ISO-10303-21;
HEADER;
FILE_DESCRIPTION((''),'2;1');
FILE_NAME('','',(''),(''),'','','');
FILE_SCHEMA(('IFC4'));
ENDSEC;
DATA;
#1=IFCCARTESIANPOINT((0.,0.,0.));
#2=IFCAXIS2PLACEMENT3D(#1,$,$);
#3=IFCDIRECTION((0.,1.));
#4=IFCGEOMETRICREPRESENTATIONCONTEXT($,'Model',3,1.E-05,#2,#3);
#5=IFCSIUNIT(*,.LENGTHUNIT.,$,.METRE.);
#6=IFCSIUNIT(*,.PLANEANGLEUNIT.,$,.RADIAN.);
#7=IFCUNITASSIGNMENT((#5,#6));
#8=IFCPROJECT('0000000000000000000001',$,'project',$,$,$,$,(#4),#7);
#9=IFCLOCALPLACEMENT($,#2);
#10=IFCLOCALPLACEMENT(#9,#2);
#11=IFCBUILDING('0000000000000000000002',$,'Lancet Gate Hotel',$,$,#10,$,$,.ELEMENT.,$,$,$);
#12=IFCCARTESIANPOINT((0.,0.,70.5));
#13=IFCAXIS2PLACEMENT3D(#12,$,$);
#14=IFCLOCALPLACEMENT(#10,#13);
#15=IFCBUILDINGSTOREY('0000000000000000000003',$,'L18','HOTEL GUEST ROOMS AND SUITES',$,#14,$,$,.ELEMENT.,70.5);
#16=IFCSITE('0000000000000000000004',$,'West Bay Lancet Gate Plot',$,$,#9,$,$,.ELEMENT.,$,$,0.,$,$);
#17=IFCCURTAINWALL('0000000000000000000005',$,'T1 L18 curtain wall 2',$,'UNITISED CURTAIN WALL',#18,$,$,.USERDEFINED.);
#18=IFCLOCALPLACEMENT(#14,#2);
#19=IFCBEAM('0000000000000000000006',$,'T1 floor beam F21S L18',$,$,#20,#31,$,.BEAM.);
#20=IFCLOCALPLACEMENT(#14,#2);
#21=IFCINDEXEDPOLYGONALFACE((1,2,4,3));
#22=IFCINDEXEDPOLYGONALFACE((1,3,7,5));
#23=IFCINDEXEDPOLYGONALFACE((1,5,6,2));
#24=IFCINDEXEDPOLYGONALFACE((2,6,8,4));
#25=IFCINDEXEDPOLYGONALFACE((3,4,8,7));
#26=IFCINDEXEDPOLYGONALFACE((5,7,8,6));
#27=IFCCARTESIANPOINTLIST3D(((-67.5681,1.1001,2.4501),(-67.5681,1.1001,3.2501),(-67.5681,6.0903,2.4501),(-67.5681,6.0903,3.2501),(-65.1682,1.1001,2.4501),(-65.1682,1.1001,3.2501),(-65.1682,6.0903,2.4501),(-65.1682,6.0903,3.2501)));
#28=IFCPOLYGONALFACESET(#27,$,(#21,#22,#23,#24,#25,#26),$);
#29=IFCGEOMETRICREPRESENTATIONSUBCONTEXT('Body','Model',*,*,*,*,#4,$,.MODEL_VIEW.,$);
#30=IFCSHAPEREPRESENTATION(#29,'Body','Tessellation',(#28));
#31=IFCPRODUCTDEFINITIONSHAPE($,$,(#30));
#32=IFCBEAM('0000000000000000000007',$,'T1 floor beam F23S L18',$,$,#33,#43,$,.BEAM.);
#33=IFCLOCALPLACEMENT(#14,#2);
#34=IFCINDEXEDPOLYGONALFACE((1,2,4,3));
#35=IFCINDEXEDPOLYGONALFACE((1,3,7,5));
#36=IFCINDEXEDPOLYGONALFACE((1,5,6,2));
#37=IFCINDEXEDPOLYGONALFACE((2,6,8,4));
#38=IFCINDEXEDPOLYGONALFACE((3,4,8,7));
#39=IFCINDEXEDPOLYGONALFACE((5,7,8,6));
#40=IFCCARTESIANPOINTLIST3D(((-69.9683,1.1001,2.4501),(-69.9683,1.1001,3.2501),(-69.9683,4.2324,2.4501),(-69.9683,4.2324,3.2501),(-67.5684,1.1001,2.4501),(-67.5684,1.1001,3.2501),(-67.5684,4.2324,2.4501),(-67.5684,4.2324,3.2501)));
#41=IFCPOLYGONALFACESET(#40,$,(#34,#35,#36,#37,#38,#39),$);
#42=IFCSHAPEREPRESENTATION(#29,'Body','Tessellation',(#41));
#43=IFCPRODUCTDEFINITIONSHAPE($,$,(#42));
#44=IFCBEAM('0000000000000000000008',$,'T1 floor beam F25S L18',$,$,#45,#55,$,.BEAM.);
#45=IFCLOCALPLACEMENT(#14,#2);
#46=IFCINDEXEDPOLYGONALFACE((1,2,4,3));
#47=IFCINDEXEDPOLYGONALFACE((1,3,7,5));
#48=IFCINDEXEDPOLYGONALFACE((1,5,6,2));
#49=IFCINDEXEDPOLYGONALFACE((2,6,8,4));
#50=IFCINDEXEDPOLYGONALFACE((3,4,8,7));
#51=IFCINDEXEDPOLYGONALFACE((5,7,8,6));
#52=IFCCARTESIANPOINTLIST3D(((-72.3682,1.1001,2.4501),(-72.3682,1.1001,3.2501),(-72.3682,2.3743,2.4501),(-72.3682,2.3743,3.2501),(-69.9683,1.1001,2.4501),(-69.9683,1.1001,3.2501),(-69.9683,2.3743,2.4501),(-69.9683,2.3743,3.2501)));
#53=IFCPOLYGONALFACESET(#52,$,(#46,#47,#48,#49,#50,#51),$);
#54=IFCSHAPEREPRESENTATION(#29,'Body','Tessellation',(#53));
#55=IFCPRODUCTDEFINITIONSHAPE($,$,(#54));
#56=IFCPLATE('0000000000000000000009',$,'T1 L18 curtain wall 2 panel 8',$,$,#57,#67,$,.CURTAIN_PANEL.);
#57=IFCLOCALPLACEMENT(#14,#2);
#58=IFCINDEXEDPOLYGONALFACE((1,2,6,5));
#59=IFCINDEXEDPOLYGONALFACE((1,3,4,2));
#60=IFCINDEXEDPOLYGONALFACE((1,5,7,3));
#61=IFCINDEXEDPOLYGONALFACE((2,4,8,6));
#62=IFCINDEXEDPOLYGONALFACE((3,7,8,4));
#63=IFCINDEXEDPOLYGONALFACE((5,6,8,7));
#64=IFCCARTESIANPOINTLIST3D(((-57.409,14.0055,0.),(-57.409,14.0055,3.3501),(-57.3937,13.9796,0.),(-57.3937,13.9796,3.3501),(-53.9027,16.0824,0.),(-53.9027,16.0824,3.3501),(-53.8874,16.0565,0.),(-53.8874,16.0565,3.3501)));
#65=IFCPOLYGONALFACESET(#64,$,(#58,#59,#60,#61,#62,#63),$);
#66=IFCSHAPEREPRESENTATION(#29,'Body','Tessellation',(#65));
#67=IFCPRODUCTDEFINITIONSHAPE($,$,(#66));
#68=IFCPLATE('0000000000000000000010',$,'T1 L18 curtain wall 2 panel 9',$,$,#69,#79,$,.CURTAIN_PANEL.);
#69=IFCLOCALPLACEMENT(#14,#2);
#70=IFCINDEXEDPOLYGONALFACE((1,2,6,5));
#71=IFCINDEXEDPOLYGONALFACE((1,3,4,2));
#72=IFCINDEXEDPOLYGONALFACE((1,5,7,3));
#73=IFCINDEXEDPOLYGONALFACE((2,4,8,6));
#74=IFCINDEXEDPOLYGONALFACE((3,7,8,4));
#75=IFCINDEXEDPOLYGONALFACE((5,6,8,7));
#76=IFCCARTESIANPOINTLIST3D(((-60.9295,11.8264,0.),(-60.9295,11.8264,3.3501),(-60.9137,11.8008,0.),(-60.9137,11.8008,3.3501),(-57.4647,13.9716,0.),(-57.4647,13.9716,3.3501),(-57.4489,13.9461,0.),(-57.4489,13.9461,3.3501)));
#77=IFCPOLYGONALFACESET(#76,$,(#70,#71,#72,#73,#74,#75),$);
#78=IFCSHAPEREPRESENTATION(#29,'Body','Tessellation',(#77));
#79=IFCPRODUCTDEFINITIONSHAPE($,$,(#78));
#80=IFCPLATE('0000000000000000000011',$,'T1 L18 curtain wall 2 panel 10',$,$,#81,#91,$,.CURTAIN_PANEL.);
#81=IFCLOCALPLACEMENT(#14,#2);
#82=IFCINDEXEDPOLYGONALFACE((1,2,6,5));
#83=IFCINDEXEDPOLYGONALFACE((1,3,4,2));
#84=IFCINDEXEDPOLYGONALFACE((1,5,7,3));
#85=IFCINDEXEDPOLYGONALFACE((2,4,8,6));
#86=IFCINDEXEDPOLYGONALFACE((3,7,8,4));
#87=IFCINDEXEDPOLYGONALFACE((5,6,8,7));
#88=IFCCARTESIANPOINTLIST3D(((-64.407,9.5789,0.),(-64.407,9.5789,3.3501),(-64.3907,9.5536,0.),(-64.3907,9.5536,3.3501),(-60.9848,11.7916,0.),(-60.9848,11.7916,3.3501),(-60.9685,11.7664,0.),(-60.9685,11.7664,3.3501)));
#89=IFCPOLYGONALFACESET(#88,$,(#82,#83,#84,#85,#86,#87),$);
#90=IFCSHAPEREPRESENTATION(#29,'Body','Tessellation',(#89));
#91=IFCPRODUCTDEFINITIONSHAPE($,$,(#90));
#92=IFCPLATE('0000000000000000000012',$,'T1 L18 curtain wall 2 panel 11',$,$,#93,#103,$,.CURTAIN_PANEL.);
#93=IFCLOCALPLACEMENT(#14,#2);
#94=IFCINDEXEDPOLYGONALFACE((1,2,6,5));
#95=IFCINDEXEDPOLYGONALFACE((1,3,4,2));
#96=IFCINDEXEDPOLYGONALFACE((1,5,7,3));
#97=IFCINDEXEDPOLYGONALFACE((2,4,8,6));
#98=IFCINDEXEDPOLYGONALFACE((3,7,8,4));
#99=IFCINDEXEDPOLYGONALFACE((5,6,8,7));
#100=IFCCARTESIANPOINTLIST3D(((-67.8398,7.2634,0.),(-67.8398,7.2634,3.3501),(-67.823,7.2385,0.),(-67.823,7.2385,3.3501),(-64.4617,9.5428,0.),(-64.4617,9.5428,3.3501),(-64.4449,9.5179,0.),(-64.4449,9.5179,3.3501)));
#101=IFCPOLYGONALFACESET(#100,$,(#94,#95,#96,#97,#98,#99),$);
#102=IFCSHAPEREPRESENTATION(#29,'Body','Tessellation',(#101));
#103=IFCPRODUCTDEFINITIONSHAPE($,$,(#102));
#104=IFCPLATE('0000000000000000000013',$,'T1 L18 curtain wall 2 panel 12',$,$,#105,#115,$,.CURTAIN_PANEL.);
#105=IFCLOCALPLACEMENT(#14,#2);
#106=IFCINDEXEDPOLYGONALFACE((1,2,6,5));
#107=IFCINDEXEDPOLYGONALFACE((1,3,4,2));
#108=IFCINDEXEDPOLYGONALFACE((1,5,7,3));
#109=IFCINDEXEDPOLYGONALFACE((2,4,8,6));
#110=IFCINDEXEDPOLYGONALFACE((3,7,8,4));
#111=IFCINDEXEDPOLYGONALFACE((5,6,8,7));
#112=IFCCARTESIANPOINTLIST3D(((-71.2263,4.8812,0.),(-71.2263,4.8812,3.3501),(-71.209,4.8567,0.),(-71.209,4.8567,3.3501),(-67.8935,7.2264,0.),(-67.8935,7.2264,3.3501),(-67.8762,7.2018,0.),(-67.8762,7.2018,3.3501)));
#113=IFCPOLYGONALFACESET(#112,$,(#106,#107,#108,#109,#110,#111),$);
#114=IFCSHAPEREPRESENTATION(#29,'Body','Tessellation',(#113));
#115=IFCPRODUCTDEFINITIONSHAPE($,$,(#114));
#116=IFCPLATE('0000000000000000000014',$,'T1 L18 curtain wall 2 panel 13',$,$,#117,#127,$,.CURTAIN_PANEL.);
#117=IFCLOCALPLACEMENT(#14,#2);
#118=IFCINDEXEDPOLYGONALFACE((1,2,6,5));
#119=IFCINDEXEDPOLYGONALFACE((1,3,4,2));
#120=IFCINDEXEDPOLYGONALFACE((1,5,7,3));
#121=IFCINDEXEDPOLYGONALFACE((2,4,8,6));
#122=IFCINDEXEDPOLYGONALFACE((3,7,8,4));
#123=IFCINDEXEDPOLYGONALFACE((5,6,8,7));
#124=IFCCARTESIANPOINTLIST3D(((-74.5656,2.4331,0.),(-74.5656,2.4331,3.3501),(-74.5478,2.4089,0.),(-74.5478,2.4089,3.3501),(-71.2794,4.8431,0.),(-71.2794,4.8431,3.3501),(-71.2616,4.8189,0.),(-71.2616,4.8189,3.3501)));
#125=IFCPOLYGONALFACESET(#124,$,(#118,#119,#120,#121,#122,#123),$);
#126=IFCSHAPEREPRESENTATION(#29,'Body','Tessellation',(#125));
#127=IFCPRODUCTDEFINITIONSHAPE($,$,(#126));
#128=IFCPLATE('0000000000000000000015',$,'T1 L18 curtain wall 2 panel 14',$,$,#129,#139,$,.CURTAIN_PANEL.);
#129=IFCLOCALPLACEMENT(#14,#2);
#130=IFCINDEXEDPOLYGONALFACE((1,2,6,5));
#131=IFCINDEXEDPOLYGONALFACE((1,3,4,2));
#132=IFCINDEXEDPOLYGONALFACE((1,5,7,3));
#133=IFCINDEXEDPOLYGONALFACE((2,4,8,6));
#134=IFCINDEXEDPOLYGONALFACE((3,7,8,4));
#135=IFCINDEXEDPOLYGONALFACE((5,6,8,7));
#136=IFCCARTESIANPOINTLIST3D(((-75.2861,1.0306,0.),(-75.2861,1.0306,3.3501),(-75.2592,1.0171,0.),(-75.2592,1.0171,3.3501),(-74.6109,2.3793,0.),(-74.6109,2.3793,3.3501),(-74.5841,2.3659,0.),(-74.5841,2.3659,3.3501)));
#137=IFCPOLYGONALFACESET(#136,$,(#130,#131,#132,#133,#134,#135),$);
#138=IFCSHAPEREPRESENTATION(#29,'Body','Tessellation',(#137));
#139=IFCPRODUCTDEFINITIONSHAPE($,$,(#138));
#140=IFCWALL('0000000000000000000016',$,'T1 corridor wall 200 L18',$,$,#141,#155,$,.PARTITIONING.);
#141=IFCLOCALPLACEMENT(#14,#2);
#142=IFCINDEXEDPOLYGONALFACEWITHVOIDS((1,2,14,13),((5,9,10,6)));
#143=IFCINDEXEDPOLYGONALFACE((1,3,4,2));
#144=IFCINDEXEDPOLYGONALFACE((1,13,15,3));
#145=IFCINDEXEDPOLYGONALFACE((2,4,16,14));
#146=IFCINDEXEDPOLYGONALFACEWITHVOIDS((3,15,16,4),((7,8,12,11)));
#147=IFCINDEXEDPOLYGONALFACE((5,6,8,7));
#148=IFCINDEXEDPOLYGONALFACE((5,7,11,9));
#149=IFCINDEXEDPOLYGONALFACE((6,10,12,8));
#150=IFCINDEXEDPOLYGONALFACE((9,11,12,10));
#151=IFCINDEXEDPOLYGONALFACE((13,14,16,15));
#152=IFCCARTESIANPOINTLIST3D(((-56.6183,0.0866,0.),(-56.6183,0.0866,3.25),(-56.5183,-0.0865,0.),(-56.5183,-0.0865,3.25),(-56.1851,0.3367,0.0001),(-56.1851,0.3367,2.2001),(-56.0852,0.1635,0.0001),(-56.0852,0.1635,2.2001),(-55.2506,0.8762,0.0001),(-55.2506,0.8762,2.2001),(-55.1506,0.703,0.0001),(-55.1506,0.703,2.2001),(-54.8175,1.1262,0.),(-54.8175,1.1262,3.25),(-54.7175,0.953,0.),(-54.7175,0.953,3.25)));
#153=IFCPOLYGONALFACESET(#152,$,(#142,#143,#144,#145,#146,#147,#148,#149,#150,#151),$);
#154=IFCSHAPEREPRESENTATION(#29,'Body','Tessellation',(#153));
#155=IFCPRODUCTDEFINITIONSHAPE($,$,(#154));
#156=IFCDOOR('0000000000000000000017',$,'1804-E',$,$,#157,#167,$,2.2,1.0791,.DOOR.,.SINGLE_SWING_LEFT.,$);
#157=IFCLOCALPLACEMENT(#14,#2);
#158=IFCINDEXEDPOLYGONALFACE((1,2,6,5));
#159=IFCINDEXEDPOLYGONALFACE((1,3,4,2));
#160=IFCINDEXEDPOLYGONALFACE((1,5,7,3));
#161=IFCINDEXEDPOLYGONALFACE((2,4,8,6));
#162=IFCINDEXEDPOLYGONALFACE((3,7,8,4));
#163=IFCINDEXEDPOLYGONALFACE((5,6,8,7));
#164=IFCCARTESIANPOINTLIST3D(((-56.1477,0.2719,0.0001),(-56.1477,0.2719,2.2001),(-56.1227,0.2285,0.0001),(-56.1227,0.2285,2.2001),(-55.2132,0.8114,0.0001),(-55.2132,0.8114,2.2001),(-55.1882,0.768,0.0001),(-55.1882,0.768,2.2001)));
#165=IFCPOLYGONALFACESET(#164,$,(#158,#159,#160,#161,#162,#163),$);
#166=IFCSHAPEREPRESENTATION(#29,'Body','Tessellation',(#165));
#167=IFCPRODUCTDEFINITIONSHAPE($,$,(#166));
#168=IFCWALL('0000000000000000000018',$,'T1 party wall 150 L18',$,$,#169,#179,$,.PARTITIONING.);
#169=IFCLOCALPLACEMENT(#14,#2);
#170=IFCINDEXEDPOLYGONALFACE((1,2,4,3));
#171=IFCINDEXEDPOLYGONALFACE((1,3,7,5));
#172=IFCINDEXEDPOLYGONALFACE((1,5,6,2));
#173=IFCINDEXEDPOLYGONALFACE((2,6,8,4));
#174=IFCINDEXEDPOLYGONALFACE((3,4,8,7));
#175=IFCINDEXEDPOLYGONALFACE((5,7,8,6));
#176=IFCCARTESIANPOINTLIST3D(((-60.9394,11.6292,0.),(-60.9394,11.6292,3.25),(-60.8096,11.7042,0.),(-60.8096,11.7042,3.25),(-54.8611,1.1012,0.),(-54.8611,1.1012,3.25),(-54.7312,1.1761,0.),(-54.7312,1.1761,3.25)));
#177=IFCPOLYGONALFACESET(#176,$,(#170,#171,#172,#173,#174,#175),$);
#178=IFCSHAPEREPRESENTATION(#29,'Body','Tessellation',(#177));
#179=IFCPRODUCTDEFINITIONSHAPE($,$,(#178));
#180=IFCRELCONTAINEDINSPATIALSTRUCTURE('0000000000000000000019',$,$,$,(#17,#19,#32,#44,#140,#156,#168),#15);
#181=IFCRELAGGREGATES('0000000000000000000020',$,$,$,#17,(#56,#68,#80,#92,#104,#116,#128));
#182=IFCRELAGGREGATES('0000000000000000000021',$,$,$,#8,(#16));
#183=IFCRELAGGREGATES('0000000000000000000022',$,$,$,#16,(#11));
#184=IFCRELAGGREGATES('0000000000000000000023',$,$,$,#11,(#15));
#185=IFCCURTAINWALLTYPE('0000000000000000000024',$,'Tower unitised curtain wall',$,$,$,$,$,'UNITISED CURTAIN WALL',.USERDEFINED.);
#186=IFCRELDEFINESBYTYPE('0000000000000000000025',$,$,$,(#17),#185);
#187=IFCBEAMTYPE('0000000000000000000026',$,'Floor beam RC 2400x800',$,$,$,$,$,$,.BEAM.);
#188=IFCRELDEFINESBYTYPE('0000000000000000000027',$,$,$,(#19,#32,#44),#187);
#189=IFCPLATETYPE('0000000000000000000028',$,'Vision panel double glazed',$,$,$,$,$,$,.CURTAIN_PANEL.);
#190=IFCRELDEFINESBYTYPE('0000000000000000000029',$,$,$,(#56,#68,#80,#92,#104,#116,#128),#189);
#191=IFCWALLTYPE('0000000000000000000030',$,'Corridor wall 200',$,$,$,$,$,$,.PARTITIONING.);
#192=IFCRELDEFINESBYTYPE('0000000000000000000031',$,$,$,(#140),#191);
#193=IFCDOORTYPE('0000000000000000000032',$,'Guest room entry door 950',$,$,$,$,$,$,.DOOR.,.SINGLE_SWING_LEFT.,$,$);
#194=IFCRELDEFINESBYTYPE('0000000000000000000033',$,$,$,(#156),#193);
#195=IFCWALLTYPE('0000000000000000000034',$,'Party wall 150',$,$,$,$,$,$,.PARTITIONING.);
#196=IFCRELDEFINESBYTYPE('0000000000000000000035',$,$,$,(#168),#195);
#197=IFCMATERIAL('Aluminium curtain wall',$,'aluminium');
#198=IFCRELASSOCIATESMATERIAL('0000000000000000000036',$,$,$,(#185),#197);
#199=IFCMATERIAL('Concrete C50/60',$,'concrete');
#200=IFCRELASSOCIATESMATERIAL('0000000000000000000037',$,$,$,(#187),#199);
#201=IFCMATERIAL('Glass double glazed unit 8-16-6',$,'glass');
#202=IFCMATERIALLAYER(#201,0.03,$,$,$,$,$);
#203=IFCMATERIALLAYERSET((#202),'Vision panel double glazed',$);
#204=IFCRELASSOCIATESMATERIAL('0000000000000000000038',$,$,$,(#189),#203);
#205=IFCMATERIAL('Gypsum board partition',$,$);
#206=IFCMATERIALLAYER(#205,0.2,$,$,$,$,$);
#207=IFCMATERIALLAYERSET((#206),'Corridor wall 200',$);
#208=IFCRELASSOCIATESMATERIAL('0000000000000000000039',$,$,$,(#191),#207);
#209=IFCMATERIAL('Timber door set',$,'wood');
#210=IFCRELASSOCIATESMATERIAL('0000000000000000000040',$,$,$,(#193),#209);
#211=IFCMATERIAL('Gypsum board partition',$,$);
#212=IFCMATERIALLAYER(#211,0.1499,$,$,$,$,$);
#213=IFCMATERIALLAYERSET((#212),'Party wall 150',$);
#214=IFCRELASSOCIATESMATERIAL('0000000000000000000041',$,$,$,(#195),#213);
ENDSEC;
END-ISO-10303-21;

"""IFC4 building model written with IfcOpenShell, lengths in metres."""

from ifc_helpers import new_model, si_unit, direction, frame, frame_2d, origin, origin_2d, place, context, subcontext, project, spatial, rectangle, extrude, material, layer, layer_set, material_profile, profile_set, type_object, element, fill, aggregate, save


model = new_model("IFC4")

# Units and contexts
model_context = context("Model", 3, precision=1e-05, world=origin(), true_north=direction((0.0, 1.0)))
body_context = subcontext(model_context, "Body", "Model", "MODEL_VIEW")
ifc_project = project(units=[si_unit("LENGTHUNIT", "METRE"), si_unit("PLANEANGLEUNIT", "RADIAN")], contexts=[model_context])

# Site, building, storey
site_placement = place(None, origin())
site = spatial("IfcSite", under=ifc_project, at=site_placement, Name="West Bay Lancet Gate Plot", CompositionType="ELEMENT", RefElevation=0.0)
building_placement = place(site_placement, origin())
building = spatial("IfcBuilding", under=site, at=building_placement, Name="Lancet Gate Hotel", CompositionType="ELEMENT")
storey_placement = place(building_placement, frame((0.0, 0.0, 70.5)))
storey = spatial("IfcBuildingStorey", under=building, at=storey_placement, Name="L18", Description="HOTEL GUEST ROOMS AND SUITES", CompositionType="ELEMENT", Elevation=70.5)

# Curtain wall
ifc_material_1 = material(Name="Aluminium curtain wall", Category="aluminium")
curtain_wall_type = type_object("IfcCurtainWallType", Name="Tower unitised curtain wall", ElementType="UNITISED CURTAIN WALL", PredefinedType="USERDEFINED", material=ifc_material_1)
curtain_wall_placement = place(storey_placement, origin())
curtain_wall = element("IfcCurtainWall", 1, at=curtain_wall_placement, inside=storey, type_object=curtain_wall_type, Name="T1 L18 curtain wall 2", ObjectType="UNITISED CURTAIN WALL", PredefinedType="USERDEFINED")

# Beams
ifc_material_2 = material(Name="Concrete C50/60", Category="concrete")
ifc_material_profile_1 = material_profile(ifc_material_2, rectangle(XDim=2.3999, YDim=0.8, at=origin_2d()), Name="RC 2400x800")
ifc_profile_set_1 = profile_set([ifc_material_profile_1], Name="Concrete C50/60")
beam_type_1 = type_object("IfcBeamType", Name="Floor beam RC 2400x800", PredefinedType="BEAM", material=ifc_profile_set_1)
beam_1_placement = place(storey_placement, frame((-66.3682, 6.0903, 2.8501), z_axis=(0.0, -1.0, 0.0), x_axis=(1.0, 0.0, 0.0)))
element("IfcBeam", 2, at=beam_1_placement, inside=storey, type_object=beam_type_1, Name="T1 floor beam F21S L18", PredefinedType="BEAM", context=body_context, shape_type="SweptSolid", body=[
    extrude(rectangle(XDim=2.3999, YDim=0.8, at=origin_2d()), origin(), (0.0, 0.0, 1.0), 4.9902),
])
beam_2_placement = place(storey_placement, frame((-68.7683, 4.2324, 2.8501), z_axis=(0.0, -1.0, 0.0), x_axis=(1.0, 0.0, 0.0)))
element("IfcBeam", 3, at=beam_2_placement, inside=storey, type_object=beam_type_1, Name="T1 floor beam F23S L18", PredefinedType="BEAM", context=body_context, shape_type="SweptSolid", body=[
    extrude(rectangle(XDim=2.3999, YDim=0.8, at=origin_2d()), origin(), (0.0, 0.0, 1.0), 3.1323),
])
beam_3_placement = place(storey_placement, frame((-71.1682, 2.3743, 2.8501), z_axis=(0.0, -1.0, 0.0), x_axis=(1.0, 0.0, 0.0)))
element("IfcBeam", 4, at=beam_3_placement, inside=storey, type_object=beam_type_1, Name="T1 floor beam F25S L18", PredefinedType="BEAM", context=body_context, shape_type="SweptSolid", body=[
    extrude(rectangle(XDim=2.3999, YDim=0.8, at=origin_2d()), origin(), (0.0, 0.0, 1.0), 1.2742),
])

# Plates
ifc_material_3 = material(Name="Glass double glazed unit 8-16-6", Category="glass")
ifc_layer_1 = layer(ifc_material_3, 0.03)
ifc_layer_set_1 = layer_set([ifc_layer_1], Name="Vision panel double glazed")
plate_type = type_object("IfcPlateType", Name="Vision panel double glazed", PredefinedType="CURTAIN_PANEL", material=ifc_layer_set_1)
plate_1_placement = place(storey_placement, frame((-55.6482, 15.031, 0.0), z_axis=(0.0, 0.0, 1.0), x_axis=(-0.860382, -0.50965, 0.0)))
plate_1 = element("IfcPlate", 5, at=plate_1_placement, type_object=plate_type, Name="T1 L18 curtain wall 2 panel 8", PredefinedType="CURTAIN_PANEL", context=body_context, shape_type="SweptSolid", body=[
    extrude(rectangle(XDim=4.0752, YDim=0.03, at=origin_2d()), origin(), (0.0, 0.0, 1.0), 3.3501),
])
plate_2_placement = place(storey_placement, frame((-59.1892, 12.8862, 0.0), z_axis=(0.0, 0.0, 1.0), x_axis=(-0.850229, -0.526414, 0.0)))
plate_2 = element("IfcPlate", 6, at=plate_2_placement, type_object=plate_type, Name="T1 L18 curtain wall 2 panel 9", PredefinedType="CURTAIN_PANEL", context=body_context, shape_type="SweptSolid", body=[
    extrude(rectangle(XDim=4.0752, YDim=0.03, at=origin_2d()), origin(), (0.0, 0.0, 1.0), 3.3501),
])
plate_3_placement = place(storey_placement, frame((-62.6877, 10.6726, 0.0), z_axis=(0.0, 0.0, 1.0), x_axis=(-0.839749, -0.542975, 0.0)))
plate_3 = element("IfcPlate", 7, at=plate_3_placement, type_object=plate_type, Name="T1 L18 curtain wall 2 panel 10", PredefinedType="CURTAIN_PANEL", context=body_context, shape_type="SweptSolid", body=[
    extrude(rectangle(XDim=4.0752, YDim=0.03, at=origin_2d()), origin(), (0.0, 0.0, 1.0), 3.3501),
])
plate_4_placement = place(storey_placement, frame((-66.1423, 8.3906, 0.0), z_axis=(0.0, 0.0, 1.0), x_axis=(-0.828946, -0.559329, 0.0)))
plate_4 = element("IfcPlate", 8, at=plate_4_placement, type_object=plate_type, Name="T1 L18 curtain wall 2 panel 11", PredefinedType="CURTAIN_PANEL", context=body_context, shape_type="SweptSolid", body=[
    extrude(rectangle(XDim=4.0752, YDim=0.03, at=origin_2d()), origin(), (0.0, 0.0, 1.0), 3.3501),
])
plate_5_placement = place(storey_placement, frame((-69.5513, 6.0415, 0.0), z_axis=(0.0, 0.0, 1.0), x_axis=(-0.817825, -0.575467, 0.0)))
plate_5 = element("IfcPlate", 9, at=plate_5_placement, type_object=plate_type, Name="T1 L18 curtain wall 2 panel 12", PredefinedType="CURTAIN_PANEL", context=body_context, shape_type="SweptSolid", body=[
    extrude(rectangle(XDim=4.0752, YDim=0.03, at=origin_2d()), origin(), (0.0, 0.0, 1.0), 3.3501),
])
plate_6_placement = place(storey_placement, frame((-72.9136, 3.626, 0.0), z_axis=(0.0, 0.0, 1.0), x_axis=(-0.80639, -0.591384, 0.0)))
plate_6 = element("IfcPlate", 10, at=plate_6_placement, type_object=plate_type, Name="T1 L18 curtain wall 2 panel 13", PredefinedType="CURTAIN_PANEL", context=body_context, shape_type="SweptSolid", body=[
    extrude(rectangle(XDim=4.0752, YDim=0.03, at=origin_2d()), origin(), (0.0, 0.0, 1.0), 3.3501),
])
plate_7_placement = place(storey_placement, frame((-74.9351, 1.6982, 0.0), z_axis=(0.0, 0.0, 1.0), x_axis=(-0.447628, -0.89422, 0.0)))
plate_7 = element("IfcPlate", 11, at=plate_7_placement, type_object=plate_type, Name="T1 L18 curtain wall 2 panel 14", PredefinedType="CURTAIN_PANEL", context=body_context, shape_type="SweptSolid", body=[
    extrude(rectangle(XDim=1.5083, YDim=0.03, at=origin_2d()), origin(), (0.0, 0.0, 1.0), 3.3501),
])
aggregate(curtain_wall, [plate_1, plate_2, plate_3, plate_4, plate_5, plate_6, plate_7])

# Wall, opening, door
ifc_material_4 = material(Name="Gypsum board partition")
ifc_layer_2 = layer(ifc_material_4, 0.2)
ifc_layer_set_2 = layer_set([ifc_layer_2], Name="Corridor wall 200")
wall_type_1 = type_object("IfcWallType", Name="Corridor wall 200", PredefinedType="PARTITIONING", material=ifc_layer_set_2)
wall_1_placement = place(storey_placement, frame((-54.7676, 1.0396, 0.0), z_axis=(0.0, 0.0, 1.0), x_axis=(-0.866053, -0.499953, 0.0)))
wall_1 = element("IfcWall", 12, at=wall_1_placement, inside=storey, type_object=wall_type_1, Name="T1 corridor wall 200 L18", PredefinedType="PARTITIONING", context=body_context, shape_type="SweptSolid", body=[
    extrude(rectangle(XDim=2.0793, YDim=0.2, at=frame_2d((1.0396, 0.0))), origin(), (0.0, 0.0, 1.0), 3.25),
])
opening_placement = place(wall_1_placement, frame((0.5, 0.0, 0.0)))
opening = element("IfcOpeningElement", 13, at=opening_placement, cuts=wall_1, PredefinedType="OPENING", context=body_context, shape_type="SweptSolid", body=[
    extrude(rectangle(XDim=1.0791, YDim=2.2, at=frame_2d((0.5396, 1.1001))), frame((0.0, 0.1099, 0.0), z_axis=(0.0, -1.0, 0.0), x_axis=(1.0, 0.0, 0.0)), (0.0, 0.0, 1.0), 0.22),
])
ifc_material_5 = material(Name="Timber door set", Category="wood")
door_type = type_object("IfcDoorType", Name="Guest room entry door 950", OperationType="SINGLE_SWING_LEFT", PredefinedType="DOOR", material=ifc_material_5)
door_placement = place(opening_placement, origin())
door = element("IfcDoor", 14, at=door_placement, inside=storey, type_object=door_type, Name="1804-E", OperationType="SINGLE_SWING_LEFT", OverallHeight=2.2, OverallWidth=1.0791, PredefinedType="DOOR", context=body_context, shape_type="SweptSolid", body=[
    extrude(rectangle(XDim=1.0791, YDim=2.2, at=frame_2d((0.5396, 1.1001))), frame((0.0, 0.0249, 0.0), z_axis=(0.0, -1.0, 0.0), x_axis=(1.0, 0.0, 0.0)), (0.0, 0.0, 1.0), 0.05),
])
fill(opening, door)

# Wall
ifc_material_6 = material(Name="Gypsum board partition")
ifc_layer_3 = layer(ifc_material_6, 0.1499)
ifc_layer_set_3 = layer_set([ifc_layer_3], Name="Party wall 150")
wall_type_2 = type_object("IfcWallType", Name="Party wall 150", PredefinedType="PARTITIONING", material=ifc_layer_set_3)
wall_2_placement = place(storey_placement, frame((-54.7961, 1.1387, 0.0), z_axis=(0.0, 0.0, 1.0), x_axis=(-0.499999, 0.866026, 0.0)))
element("IfcWall", 15, at=wall_2_placement, inside=storey, type_object=wall_type_2, Name="T1 party wall 150 L18", PredefinedType="PARTITIONING", context=body_context, shape_type="SweptSolid", body=[
    extrude(rectangle(XDim=12.1567, YDim=0.1499, at=frame_2d((6.0784, 0.0))), origin(), (0.0, 0.0, 1.0), 3.25),
])

save(model, "model.ifc")
